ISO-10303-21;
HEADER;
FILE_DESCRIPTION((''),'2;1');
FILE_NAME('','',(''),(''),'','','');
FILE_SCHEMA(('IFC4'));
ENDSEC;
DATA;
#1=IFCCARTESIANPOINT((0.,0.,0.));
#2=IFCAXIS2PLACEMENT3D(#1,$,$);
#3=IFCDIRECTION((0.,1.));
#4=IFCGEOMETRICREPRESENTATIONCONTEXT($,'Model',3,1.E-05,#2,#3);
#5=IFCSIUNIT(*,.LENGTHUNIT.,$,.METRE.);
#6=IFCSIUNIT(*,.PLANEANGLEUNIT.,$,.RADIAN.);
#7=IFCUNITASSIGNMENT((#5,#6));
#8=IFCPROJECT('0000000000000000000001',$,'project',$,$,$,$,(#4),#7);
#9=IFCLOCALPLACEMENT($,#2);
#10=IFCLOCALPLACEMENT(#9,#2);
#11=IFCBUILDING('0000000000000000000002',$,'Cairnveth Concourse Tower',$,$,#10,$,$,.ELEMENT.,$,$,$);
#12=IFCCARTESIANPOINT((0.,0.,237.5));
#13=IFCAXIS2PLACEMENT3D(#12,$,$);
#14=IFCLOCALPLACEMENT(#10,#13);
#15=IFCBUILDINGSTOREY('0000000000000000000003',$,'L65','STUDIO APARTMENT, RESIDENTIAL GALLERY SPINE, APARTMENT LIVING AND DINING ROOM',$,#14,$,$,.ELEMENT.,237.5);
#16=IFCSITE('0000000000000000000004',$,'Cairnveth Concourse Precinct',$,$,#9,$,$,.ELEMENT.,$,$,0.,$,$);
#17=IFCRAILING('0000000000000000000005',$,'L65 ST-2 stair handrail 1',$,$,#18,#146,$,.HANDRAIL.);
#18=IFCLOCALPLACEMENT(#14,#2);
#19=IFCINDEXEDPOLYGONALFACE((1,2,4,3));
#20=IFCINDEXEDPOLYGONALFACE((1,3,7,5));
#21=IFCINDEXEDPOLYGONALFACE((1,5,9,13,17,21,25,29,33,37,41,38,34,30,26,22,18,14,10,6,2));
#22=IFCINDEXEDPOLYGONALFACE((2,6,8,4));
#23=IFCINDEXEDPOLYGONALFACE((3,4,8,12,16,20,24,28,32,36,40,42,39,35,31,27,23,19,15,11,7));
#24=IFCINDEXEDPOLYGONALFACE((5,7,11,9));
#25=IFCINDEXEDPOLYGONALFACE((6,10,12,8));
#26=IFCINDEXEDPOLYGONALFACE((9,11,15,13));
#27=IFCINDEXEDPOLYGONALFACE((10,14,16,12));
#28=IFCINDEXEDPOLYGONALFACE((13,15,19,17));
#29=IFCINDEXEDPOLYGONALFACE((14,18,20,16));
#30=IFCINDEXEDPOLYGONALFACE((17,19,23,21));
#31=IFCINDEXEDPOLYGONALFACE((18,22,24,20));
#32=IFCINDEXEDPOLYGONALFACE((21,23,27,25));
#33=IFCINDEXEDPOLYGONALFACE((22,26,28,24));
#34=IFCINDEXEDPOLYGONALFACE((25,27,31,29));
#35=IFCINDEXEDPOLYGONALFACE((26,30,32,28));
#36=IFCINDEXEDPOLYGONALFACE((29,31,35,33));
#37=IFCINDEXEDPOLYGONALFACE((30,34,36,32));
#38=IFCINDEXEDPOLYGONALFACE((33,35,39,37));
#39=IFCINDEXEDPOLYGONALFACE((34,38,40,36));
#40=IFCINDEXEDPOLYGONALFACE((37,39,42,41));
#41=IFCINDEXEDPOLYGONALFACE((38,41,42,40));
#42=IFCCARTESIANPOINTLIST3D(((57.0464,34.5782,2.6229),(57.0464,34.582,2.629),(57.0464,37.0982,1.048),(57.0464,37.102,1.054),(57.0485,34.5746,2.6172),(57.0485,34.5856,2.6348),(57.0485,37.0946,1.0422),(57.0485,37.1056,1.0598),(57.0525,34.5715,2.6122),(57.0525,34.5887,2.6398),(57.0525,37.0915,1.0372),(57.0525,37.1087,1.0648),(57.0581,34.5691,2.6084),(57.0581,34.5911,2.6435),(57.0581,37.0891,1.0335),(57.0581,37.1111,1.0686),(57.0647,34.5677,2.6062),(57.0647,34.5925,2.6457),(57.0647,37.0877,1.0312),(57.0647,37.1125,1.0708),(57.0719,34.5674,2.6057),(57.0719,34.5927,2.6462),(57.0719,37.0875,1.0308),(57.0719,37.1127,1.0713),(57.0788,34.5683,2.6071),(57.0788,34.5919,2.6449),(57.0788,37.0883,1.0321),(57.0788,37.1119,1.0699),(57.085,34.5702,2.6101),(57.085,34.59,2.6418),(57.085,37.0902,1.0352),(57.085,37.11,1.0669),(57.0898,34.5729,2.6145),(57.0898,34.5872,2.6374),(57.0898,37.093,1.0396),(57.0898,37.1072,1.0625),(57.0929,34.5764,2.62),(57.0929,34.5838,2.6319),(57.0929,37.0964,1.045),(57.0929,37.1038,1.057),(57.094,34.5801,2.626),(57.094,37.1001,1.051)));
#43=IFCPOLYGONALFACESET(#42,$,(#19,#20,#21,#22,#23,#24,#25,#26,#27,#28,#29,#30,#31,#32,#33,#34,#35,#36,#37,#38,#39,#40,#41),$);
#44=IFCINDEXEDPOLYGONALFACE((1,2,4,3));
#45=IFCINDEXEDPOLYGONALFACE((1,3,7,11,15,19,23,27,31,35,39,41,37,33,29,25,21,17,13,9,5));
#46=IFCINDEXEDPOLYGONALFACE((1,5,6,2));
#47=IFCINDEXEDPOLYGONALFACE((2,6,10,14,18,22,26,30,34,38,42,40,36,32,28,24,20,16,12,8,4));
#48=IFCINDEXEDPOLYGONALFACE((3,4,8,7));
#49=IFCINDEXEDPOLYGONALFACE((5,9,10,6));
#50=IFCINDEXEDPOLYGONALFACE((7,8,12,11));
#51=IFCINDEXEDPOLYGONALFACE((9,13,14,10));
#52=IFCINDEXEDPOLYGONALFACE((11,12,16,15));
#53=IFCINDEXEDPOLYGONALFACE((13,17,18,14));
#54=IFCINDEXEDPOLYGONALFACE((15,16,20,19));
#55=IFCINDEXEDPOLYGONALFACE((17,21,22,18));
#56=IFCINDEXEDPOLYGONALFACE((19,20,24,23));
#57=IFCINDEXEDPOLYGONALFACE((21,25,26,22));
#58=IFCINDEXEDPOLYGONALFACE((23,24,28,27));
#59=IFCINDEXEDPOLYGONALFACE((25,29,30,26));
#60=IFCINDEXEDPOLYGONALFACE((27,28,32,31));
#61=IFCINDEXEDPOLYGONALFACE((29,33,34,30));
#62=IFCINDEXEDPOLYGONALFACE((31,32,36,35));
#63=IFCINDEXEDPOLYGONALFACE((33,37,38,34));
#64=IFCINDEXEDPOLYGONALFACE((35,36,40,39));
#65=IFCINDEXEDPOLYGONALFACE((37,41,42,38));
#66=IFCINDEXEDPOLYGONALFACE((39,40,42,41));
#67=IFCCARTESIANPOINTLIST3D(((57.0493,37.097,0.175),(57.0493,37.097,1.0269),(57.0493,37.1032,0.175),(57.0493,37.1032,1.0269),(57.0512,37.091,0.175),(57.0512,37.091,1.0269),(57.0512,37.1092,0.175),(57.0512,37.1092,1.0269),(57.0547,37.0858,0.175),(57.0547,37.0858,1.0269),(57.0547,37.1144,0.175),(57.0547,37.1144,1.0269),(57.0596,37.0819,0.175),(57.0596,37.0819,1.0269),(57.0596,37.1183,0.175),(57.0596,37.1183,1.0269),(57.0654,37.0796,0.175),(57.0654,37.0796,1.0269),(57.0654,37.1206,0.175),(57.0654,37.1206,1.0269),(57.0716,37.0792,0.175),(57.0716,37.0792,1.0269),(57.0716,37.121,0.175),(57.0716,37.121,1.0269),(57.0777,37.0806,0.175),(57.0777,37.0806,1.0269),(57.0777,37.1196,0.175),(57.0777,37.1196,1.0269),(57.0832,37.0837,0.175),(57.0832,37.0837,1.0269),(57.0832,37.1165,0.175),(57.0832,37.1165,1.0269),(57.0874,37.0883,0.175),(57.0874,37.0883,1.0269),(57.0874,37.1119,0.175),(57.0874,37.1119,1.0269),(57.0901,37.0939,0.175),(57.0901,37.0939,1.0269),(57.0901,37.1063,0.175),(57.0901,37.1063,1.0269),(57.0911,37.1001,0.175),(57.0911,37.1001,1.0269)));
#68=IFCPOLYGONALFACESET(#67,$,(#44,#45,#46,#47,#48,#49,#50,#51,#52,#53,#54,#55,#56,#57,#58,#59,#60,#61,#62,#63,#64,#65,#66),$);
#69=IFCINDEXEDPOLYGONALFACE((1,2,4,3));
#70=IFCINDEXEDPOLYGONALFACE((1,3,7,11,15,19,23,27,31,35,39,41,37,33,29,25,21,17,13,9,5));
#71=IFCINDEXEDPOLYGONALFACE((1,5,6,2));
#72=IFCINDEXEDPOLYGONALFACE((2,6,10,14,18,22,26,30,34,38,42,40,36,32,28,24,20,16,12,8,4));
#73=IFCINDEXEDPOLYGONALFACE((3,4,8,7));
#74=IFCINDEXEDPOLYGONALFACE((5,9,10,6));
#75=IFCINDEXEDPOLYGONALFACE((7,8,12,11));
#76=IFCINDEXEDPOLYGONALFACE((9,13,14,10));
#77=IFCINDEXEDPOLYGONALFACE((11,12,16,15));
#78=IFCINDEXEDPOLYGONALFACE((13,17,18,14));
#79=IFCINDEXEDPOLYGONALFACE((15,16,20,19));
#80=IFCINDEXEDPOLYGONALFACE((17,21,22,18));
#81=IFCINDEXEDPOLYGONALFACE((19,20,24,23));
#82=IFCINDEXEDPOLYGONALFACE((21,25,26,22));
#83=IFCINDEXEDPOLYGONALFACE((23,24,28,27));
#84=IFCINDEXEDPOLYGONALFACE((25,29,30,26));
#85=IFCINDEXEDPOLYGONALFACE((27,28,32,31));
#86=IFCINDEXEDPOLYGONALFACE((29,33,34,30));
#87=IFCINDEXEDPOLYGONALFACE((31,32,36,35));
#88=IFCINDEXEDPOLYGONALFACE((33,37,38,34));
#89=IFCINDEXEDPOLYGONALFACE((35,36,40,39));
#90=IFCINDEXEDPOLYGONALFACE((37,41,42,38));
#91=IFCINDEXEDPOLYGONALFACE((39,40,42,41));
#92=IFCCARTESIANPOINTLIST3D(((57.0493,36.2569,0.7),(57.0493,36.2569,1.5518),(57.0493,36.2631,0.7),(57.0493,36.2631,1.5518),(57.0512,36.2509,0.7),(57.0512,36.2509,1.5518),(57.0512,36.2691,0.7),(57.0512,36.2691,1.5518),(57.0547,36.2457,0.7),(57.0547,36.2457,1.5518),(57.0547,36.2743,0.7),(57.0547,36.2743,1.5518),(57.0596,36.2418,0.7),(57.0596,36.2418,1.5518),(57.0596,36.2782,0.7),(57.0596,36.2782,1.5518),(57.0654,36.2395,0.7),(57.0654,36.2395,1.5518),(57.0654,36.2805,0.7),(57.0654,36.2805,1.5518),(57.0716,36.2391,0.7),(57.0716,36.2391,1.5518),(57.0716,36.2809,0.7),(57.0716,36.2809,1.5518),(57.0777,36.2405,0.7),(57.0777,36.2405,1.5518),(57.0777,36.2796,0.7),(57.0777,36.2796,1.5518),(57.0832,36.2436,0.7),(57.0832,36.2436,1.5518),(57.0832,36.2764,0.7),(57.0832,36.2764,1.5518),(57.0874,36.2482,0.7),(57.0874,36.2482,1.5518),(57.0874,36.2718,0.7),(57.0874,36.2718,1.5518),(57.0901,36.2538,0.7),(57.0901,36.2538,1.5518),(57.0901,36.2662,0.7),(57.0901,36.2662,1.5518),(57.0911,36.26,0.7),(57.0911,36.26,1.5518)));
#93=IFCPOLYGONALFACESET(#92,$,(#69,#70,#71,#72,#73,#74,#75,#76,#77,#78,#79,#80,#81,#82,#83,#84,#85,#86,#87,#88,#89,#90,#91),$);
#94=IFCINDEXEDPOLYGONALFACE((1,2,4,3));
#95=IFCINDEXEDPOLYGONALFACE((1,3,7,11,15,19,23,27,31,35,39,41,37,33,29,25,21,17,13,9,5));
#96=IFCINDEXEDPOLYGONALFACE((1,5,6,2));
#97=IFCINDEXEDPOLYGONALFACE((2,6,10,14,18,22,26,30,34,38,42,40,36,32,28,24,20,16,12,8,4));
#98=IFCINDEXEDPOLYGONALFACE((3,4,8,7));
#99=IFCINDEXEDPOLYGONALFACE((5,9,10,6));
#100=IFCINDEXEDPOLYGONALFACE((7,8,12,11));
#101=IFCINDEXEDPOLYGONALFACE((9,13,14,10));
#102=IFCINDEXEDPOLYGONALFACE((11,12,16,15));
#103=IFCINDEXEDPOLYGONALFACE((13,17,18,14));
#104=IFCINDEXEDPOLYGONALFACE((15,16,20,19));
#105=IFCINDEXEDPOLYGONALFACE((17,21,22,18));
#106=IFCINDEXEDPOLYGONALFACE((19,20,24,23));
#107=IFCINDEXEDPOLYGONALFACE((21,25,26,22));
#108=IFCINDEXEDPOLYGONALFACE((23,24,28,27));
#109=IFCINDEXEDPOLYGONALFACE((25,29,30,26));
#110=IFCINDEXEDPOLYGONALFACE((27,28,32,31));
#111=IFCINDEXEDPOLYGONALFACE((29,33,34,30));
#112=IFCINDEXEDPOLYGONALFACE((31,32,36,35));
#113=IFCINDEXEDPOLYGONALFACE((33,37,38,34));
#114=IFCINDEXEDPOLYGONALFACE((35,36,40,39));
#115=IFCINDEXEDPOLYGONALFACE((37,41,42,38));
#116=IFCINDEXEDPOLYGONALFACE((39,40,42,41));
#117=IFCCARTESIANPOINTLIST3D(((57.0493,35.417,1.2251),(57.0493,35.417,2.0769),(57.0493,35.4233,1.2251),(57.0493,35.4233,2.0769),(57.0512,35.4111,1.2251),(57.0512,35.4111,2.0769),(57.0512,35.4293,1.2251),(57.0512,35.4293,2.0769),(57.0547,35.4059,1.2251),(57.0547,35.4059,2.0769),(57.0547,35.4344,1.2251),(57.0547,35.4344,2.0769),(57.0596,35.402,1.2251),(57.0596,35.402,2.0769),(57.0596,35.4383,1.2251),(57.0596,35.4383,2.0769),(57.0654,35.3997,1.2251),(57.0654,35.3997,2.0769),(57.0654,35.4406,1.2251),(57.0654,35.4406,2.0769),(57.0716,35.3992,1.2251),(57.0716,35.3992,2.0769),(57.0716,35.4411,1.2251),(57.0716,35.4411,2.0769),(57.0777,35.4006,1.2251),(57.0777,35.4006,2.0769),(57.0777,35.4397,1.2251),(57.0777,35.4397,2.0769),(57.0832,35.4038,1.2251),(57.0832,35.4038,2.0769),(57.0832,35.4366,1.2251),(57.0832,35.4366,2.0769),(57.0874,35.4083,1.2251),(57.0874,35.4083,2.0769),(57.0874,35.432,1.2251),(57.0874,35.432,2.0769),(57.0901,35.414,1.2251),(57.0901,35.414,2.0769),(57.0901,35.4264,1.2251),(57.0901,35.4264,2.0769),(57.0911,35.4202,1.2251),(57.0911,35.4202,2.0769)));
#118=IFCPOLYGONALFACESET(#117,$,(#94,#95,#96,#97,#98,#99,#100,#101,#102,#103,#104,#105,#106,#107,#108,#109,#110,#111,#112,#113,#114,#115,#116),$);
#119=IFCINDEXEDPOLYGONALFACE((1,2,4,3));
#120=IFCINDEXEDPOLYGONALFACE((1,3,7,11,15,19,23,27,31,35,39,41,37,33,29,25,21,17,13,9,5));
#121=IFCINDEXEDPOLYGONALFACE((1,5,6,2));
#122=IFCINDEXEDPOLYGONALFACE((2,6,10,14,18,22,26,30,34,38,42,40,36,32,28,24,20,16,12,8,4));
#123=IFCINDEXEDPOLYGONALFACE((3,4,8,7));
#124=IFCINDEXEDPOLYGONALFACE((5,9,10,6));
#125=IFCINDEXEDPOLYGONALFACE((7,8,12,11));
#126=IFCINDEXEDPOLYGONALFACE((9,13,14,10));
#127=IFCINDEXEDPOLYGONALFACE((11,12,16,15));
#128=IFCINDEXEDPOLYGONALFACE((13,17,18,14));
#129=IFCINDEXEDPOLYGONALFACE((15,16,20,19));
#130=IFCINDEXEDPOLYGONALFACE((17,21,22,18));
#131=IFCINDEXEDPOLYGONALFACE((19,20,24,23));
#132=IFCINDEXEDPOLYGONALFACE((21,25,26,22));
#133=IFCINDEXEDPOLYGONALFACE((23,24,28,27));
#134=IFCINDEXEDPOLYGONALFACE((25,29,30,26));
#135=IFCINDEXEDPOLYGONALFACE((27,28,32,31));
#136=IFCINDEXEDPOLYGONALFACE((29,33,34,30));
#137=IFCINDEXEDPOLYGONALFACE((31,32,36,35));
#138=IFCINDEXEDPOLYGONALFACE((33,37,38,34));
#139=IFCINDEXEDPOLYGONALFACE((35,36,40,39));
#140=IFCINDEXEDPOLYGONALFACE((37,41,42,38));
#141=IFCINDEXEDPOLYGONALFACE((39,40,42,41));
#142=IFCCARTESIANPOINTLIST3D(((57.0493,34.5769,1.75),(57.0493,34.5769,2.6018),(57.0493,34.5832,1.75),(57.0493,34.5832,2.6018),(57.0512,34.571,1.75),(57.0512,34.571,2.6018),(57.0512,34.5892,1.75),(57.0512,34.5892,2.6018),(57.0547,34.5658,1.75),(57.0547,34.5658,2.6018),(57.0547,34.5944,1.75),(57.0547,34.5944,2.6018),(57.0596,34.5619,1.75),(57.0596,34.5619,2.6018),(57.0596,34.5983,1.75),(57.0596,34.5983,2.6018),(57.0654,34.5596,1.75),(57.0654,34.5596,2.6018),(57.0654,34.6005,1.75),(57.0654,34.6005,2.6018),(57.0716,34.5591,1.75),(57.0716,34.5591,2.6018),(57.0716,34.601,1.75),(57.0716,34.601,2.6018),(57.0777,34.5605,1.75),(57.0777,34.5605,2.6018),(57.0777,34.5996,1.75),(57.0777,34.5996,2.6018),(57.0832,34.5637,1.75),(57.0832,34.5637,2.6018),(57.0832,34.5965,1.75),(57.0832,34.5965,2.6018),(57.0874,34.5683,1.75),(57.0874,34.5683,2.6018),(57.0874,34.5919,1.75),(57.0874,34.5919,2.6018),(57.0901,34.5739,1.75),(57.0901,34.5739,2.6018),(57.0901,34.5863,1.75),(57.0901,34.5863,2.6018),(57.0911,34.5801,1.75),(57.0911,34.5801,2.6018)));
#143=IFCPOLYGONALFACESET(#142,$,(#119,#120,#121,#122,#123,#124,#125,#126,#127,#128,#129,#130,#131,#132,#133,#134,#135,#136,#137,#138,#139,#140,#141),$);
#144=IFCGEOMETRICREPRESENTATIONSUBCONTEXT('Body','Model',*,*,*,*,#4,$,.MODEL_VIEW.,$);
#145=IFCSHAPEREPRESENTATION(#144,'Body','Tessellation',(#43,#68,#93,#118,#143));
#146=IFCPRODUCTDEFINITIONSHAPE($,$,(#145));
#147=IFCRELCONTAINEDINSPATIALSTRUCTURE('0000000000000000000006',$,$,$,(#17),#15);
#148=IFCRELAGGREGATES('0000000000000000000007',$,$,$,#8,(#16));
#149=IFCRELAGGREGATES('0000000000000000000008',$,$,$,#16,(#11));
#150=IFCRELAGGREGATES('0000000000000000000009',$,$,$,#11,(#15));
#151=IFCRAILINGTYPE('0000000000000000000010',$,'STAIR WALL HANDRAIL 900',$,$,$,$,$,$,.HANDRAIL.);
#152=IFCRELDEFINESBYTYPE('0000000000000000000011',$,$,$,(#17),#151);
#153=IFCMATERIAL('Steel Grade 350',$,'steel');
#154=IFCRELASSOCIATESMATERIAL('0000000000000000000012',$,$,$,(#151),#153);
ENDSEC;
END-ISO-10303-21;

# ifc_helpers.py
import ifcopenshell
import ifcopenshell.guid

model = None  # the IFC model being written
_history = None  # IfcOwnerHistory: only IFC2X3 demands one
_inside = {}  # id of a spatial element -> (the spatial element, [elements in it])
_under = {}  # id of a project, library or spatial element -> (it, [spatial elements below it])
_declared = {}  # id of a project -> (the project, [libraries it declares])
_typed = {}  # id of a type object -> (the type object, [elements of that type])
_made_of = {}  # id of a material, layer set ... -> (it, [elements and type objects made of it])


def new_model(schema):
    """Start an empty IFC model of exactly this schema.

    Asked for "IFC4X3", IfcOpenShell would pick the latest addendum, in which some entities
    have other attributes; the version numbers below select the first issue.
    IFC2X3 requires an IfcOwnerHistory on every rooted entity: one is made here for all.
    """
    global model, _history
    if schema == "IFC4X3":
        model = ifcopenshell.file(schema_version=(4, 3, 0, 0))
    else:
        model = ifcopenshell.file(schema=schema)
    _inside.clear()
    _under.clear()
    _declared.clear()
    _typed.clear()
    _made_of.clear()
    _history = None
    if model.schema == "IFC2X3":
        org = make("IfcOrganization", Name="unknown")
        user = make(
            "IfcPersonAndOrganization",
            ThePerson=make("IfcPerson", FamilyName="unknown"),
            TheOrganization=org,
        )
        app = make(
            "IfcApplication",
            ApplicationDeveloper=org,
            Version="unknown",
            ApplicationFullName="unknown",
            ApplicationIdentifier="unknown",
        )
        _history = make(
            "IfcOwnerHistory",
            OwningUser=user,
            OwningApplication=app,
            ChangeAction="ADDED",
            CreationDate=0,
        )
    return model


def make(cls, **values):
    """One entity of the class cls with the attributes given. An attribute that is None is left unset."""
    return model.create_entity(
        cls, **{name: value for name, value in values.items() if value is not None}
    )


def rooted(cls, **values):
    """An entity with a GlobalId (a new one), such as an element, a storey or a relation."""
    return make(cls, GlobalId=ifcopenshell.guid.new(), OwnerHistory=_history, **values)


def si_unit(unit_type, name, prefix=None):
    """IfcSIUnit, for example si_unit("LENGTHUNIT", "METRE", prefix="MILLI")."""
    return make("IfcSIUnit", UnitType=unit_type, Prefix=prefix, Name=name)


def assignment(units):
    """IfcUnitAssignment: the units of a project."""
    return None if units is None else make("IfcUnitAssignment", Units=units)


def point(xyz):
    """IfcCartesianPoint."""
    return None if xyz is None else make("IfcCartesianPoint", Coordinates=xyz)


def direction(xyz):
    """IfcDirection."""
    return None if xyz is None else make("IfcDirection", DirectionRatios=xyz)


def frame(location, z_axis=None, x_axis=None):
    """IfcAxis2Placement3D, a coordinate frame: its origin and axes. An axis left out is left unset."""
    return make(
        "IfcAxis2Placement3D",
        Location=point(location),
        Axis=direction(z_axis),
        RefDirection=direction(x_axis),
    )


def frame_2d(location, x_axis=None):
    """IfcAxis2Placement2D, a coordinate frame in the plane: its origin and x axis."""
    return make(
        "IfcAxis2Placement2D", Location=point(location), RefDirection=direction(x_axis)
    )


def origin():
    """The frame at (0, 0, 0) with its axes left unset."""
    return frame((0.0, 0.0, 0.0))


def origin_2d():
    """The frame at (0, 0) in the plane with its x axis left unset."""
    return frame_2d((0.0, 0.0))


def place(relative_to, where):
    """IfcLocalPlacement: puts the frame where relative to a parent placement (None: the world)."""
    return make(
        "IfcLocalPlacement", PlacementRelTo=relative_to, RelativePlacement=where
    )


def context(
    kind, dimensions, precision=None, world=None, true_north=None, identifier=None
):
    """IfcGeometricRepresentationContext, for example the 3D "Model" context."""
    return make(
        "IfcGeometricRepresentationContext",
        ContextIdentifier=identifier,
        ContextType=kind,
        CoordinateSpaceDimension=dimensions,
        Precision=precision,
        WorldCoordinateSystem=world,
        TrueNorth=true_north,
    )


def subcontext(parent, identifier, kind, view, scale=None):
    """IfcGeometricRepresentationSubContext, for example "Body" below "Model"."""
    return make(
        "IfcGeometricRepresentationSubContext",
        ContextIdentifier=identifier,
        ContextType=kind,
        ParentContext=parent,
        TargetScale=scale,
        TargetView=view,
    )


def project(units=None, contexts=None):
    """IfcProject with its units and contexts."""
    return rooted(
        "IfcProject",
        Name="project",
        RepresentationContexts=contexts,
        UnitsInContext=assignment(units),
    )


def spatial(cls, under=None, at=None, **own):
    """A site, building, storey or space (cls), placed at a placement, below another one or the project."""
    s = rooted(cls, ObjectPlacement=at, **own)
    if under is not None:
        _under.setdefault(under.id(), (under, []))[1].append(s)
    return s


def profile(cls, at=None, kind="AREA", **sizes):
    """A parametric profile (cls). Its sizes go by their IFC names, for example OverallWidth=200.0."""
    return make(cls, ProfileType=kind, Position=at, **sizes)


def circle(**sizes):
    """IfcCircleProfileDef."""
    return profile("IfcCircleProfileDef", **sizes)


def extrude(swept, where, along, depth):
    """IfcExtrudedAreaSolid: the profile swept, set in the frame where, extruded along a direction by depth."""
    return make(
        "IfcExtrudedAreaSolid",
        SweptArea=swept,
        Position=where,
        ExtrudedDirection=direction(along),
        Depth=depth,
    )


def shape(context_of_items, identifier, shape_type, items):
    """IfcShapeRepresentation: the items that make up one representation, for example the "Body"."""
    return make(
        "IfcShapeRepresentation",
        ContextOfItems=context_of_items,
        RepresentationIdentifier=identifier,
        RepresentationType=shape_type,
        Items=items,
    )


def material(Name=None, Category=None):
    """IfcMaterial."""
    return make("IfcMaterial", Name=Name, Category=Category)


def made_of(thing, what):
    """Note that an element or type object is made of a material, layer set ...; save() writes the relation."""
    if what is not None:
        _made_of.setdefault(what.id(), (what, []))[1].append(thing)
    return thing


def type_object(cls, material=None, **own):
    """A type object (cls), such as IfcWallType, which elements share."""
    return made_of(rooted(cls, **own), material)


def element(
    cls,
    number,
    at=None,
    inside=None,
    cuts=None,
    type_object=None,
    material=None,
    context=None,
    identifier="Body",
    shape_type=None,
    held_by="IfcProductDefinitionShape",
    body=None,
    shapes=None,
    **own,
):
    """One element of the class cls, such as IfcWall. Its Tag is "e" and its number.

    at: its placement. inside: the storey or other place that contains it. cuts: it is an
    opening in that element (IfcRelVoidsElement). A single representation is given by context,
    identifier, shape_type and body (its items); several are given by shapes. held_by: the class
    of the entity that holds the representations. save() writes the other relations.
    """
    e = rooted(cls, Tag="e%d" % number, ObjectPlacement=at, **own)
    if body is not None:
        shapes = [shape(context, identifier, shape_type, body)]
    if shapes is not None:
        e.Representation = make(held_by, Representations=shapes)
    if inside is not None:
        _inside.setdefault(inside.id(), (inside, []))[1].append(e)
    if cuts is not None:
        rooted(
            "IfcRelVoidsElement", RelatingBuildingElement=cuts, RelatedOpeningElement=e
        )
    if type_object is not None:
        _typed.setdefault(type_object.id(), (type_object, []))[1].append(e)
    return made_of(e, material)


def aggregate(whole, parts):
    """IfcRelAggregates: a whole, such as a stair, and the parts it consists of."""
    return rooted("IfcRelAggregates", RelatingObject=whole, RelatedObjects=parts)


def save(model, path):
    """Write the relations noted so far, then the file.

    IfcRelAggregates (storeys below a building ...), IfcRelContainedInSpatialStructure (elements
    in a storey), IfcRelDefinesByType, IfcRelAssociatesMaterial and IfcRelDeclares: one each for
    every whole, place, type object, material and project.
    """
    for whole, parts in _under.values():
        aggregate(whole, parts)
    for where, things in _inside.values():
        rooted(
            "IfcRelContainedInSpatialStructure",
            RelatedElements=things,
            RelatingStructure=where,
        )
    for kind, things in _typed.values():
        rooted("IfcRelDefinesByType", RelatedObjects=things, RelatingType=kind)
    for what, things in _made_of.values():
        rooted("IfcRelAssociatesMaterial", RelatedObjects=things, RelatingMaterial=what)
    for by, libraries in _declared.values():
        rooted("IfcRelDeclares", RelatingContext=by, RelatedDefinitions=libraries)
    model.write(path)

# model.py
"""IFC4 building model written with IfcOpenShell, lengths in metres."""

from ifc_helpers import new_model, si_unit, direction, frame, origin, origin_2d, place, context, subcontext, project, spatial, circle, extrude, material, type_object, element, save


model = new_model("IFC4")

# Units and contexts
model_context = context("Model", 3, precision=1e-05, world=origin(), true_north=direction((0.0, 1.0)))
body_context = subcontext(model_context, "Body", "Model", "MODEL_VIEW")
ifc_project = project(units=[si_unit("LENGTHUNIT", "METRE"), si_unit("PLANEANGLEUNIT", "RADIAN")], contexts=[model_context])

# Site, building, storey
site_placement = place(None, origin())
site = spatial("IfcSite", under=ifc_project, at=site_placement, Name="Cairnveth Concourse Precinct", CompositionType="ELEMENT", RefElevation=0.0)
building_placement = place(site_placement, origin())
building = spatial("IfcBuilding", under=site, at=building_placement, Name="Cairnveth Concourse Tower", CompositionType="ELEMENT")
storey_placement = place(building_placement, frame((0.0, 0.0, 237.5)))
storey = spatial("IfcBuildingStorey", under=building, at=storey_placement, Name="L65", Description="STUDIO APARTMENT, RESIDENTIAL GALLERY SPINE, APARTMENT LIVING AND DINING ROOM", CompositionType="ELEMENT", Elevation=237.5)

# Shared definitions
ifc_material_1 = material(Name="Steel Grade 350", Category="steel")

# Railing
railing_type_1 = type_object("IfcRailingType", Name="STAIR WALL HANDRAIL 900", PredefinedType="HANDRAIL", material=ifc_material_1)
railing_1_placement = place(storey_placement, frame((57.0701, 37.1001, 0.175)))
element("IfcRailing", 1, at=railing_1_placement, inside=storey, type_object=railing_type_1, Name="L65 ST-2 stair handrail 1", PredefinedType="HANDRAIL", context=body_context, shape_type="SweptSolid", body=[
    extrude(circle(Radius=0.0239, at=origin_2d()), frame((0.0, 0.0, 0.876), z_axis=(0.0, -0.848008, 0.529984), x_axis=(1.0, 0.0, 0.0)), (0.0, 0.0, 1.0), 2.9717),
    extrude(circle(Radius=0.021, at=origin_2d()), origin(), (0.0, 0.0, 1.0), 0.8518),
    extrude(circle(Radius=0.021, at=origin_2d()), frame((0.0, -0.8401, 0.5249)), (0.0, 0.0, 1.0), 0.8518),
    extrude(circle(Radius=0.021, at=origin_2d()), frame((0.0, -1.6799, 1.05)), (0.0, 0.0, 1.0), 0.8518),
    extrude(circle(Radius=0.021, at=origin_2d()), frame((0.0, -2.52, 1.575)), (0.0, 0.0, 1.0), 0.8518),
])

save(model, "model.ifc")
